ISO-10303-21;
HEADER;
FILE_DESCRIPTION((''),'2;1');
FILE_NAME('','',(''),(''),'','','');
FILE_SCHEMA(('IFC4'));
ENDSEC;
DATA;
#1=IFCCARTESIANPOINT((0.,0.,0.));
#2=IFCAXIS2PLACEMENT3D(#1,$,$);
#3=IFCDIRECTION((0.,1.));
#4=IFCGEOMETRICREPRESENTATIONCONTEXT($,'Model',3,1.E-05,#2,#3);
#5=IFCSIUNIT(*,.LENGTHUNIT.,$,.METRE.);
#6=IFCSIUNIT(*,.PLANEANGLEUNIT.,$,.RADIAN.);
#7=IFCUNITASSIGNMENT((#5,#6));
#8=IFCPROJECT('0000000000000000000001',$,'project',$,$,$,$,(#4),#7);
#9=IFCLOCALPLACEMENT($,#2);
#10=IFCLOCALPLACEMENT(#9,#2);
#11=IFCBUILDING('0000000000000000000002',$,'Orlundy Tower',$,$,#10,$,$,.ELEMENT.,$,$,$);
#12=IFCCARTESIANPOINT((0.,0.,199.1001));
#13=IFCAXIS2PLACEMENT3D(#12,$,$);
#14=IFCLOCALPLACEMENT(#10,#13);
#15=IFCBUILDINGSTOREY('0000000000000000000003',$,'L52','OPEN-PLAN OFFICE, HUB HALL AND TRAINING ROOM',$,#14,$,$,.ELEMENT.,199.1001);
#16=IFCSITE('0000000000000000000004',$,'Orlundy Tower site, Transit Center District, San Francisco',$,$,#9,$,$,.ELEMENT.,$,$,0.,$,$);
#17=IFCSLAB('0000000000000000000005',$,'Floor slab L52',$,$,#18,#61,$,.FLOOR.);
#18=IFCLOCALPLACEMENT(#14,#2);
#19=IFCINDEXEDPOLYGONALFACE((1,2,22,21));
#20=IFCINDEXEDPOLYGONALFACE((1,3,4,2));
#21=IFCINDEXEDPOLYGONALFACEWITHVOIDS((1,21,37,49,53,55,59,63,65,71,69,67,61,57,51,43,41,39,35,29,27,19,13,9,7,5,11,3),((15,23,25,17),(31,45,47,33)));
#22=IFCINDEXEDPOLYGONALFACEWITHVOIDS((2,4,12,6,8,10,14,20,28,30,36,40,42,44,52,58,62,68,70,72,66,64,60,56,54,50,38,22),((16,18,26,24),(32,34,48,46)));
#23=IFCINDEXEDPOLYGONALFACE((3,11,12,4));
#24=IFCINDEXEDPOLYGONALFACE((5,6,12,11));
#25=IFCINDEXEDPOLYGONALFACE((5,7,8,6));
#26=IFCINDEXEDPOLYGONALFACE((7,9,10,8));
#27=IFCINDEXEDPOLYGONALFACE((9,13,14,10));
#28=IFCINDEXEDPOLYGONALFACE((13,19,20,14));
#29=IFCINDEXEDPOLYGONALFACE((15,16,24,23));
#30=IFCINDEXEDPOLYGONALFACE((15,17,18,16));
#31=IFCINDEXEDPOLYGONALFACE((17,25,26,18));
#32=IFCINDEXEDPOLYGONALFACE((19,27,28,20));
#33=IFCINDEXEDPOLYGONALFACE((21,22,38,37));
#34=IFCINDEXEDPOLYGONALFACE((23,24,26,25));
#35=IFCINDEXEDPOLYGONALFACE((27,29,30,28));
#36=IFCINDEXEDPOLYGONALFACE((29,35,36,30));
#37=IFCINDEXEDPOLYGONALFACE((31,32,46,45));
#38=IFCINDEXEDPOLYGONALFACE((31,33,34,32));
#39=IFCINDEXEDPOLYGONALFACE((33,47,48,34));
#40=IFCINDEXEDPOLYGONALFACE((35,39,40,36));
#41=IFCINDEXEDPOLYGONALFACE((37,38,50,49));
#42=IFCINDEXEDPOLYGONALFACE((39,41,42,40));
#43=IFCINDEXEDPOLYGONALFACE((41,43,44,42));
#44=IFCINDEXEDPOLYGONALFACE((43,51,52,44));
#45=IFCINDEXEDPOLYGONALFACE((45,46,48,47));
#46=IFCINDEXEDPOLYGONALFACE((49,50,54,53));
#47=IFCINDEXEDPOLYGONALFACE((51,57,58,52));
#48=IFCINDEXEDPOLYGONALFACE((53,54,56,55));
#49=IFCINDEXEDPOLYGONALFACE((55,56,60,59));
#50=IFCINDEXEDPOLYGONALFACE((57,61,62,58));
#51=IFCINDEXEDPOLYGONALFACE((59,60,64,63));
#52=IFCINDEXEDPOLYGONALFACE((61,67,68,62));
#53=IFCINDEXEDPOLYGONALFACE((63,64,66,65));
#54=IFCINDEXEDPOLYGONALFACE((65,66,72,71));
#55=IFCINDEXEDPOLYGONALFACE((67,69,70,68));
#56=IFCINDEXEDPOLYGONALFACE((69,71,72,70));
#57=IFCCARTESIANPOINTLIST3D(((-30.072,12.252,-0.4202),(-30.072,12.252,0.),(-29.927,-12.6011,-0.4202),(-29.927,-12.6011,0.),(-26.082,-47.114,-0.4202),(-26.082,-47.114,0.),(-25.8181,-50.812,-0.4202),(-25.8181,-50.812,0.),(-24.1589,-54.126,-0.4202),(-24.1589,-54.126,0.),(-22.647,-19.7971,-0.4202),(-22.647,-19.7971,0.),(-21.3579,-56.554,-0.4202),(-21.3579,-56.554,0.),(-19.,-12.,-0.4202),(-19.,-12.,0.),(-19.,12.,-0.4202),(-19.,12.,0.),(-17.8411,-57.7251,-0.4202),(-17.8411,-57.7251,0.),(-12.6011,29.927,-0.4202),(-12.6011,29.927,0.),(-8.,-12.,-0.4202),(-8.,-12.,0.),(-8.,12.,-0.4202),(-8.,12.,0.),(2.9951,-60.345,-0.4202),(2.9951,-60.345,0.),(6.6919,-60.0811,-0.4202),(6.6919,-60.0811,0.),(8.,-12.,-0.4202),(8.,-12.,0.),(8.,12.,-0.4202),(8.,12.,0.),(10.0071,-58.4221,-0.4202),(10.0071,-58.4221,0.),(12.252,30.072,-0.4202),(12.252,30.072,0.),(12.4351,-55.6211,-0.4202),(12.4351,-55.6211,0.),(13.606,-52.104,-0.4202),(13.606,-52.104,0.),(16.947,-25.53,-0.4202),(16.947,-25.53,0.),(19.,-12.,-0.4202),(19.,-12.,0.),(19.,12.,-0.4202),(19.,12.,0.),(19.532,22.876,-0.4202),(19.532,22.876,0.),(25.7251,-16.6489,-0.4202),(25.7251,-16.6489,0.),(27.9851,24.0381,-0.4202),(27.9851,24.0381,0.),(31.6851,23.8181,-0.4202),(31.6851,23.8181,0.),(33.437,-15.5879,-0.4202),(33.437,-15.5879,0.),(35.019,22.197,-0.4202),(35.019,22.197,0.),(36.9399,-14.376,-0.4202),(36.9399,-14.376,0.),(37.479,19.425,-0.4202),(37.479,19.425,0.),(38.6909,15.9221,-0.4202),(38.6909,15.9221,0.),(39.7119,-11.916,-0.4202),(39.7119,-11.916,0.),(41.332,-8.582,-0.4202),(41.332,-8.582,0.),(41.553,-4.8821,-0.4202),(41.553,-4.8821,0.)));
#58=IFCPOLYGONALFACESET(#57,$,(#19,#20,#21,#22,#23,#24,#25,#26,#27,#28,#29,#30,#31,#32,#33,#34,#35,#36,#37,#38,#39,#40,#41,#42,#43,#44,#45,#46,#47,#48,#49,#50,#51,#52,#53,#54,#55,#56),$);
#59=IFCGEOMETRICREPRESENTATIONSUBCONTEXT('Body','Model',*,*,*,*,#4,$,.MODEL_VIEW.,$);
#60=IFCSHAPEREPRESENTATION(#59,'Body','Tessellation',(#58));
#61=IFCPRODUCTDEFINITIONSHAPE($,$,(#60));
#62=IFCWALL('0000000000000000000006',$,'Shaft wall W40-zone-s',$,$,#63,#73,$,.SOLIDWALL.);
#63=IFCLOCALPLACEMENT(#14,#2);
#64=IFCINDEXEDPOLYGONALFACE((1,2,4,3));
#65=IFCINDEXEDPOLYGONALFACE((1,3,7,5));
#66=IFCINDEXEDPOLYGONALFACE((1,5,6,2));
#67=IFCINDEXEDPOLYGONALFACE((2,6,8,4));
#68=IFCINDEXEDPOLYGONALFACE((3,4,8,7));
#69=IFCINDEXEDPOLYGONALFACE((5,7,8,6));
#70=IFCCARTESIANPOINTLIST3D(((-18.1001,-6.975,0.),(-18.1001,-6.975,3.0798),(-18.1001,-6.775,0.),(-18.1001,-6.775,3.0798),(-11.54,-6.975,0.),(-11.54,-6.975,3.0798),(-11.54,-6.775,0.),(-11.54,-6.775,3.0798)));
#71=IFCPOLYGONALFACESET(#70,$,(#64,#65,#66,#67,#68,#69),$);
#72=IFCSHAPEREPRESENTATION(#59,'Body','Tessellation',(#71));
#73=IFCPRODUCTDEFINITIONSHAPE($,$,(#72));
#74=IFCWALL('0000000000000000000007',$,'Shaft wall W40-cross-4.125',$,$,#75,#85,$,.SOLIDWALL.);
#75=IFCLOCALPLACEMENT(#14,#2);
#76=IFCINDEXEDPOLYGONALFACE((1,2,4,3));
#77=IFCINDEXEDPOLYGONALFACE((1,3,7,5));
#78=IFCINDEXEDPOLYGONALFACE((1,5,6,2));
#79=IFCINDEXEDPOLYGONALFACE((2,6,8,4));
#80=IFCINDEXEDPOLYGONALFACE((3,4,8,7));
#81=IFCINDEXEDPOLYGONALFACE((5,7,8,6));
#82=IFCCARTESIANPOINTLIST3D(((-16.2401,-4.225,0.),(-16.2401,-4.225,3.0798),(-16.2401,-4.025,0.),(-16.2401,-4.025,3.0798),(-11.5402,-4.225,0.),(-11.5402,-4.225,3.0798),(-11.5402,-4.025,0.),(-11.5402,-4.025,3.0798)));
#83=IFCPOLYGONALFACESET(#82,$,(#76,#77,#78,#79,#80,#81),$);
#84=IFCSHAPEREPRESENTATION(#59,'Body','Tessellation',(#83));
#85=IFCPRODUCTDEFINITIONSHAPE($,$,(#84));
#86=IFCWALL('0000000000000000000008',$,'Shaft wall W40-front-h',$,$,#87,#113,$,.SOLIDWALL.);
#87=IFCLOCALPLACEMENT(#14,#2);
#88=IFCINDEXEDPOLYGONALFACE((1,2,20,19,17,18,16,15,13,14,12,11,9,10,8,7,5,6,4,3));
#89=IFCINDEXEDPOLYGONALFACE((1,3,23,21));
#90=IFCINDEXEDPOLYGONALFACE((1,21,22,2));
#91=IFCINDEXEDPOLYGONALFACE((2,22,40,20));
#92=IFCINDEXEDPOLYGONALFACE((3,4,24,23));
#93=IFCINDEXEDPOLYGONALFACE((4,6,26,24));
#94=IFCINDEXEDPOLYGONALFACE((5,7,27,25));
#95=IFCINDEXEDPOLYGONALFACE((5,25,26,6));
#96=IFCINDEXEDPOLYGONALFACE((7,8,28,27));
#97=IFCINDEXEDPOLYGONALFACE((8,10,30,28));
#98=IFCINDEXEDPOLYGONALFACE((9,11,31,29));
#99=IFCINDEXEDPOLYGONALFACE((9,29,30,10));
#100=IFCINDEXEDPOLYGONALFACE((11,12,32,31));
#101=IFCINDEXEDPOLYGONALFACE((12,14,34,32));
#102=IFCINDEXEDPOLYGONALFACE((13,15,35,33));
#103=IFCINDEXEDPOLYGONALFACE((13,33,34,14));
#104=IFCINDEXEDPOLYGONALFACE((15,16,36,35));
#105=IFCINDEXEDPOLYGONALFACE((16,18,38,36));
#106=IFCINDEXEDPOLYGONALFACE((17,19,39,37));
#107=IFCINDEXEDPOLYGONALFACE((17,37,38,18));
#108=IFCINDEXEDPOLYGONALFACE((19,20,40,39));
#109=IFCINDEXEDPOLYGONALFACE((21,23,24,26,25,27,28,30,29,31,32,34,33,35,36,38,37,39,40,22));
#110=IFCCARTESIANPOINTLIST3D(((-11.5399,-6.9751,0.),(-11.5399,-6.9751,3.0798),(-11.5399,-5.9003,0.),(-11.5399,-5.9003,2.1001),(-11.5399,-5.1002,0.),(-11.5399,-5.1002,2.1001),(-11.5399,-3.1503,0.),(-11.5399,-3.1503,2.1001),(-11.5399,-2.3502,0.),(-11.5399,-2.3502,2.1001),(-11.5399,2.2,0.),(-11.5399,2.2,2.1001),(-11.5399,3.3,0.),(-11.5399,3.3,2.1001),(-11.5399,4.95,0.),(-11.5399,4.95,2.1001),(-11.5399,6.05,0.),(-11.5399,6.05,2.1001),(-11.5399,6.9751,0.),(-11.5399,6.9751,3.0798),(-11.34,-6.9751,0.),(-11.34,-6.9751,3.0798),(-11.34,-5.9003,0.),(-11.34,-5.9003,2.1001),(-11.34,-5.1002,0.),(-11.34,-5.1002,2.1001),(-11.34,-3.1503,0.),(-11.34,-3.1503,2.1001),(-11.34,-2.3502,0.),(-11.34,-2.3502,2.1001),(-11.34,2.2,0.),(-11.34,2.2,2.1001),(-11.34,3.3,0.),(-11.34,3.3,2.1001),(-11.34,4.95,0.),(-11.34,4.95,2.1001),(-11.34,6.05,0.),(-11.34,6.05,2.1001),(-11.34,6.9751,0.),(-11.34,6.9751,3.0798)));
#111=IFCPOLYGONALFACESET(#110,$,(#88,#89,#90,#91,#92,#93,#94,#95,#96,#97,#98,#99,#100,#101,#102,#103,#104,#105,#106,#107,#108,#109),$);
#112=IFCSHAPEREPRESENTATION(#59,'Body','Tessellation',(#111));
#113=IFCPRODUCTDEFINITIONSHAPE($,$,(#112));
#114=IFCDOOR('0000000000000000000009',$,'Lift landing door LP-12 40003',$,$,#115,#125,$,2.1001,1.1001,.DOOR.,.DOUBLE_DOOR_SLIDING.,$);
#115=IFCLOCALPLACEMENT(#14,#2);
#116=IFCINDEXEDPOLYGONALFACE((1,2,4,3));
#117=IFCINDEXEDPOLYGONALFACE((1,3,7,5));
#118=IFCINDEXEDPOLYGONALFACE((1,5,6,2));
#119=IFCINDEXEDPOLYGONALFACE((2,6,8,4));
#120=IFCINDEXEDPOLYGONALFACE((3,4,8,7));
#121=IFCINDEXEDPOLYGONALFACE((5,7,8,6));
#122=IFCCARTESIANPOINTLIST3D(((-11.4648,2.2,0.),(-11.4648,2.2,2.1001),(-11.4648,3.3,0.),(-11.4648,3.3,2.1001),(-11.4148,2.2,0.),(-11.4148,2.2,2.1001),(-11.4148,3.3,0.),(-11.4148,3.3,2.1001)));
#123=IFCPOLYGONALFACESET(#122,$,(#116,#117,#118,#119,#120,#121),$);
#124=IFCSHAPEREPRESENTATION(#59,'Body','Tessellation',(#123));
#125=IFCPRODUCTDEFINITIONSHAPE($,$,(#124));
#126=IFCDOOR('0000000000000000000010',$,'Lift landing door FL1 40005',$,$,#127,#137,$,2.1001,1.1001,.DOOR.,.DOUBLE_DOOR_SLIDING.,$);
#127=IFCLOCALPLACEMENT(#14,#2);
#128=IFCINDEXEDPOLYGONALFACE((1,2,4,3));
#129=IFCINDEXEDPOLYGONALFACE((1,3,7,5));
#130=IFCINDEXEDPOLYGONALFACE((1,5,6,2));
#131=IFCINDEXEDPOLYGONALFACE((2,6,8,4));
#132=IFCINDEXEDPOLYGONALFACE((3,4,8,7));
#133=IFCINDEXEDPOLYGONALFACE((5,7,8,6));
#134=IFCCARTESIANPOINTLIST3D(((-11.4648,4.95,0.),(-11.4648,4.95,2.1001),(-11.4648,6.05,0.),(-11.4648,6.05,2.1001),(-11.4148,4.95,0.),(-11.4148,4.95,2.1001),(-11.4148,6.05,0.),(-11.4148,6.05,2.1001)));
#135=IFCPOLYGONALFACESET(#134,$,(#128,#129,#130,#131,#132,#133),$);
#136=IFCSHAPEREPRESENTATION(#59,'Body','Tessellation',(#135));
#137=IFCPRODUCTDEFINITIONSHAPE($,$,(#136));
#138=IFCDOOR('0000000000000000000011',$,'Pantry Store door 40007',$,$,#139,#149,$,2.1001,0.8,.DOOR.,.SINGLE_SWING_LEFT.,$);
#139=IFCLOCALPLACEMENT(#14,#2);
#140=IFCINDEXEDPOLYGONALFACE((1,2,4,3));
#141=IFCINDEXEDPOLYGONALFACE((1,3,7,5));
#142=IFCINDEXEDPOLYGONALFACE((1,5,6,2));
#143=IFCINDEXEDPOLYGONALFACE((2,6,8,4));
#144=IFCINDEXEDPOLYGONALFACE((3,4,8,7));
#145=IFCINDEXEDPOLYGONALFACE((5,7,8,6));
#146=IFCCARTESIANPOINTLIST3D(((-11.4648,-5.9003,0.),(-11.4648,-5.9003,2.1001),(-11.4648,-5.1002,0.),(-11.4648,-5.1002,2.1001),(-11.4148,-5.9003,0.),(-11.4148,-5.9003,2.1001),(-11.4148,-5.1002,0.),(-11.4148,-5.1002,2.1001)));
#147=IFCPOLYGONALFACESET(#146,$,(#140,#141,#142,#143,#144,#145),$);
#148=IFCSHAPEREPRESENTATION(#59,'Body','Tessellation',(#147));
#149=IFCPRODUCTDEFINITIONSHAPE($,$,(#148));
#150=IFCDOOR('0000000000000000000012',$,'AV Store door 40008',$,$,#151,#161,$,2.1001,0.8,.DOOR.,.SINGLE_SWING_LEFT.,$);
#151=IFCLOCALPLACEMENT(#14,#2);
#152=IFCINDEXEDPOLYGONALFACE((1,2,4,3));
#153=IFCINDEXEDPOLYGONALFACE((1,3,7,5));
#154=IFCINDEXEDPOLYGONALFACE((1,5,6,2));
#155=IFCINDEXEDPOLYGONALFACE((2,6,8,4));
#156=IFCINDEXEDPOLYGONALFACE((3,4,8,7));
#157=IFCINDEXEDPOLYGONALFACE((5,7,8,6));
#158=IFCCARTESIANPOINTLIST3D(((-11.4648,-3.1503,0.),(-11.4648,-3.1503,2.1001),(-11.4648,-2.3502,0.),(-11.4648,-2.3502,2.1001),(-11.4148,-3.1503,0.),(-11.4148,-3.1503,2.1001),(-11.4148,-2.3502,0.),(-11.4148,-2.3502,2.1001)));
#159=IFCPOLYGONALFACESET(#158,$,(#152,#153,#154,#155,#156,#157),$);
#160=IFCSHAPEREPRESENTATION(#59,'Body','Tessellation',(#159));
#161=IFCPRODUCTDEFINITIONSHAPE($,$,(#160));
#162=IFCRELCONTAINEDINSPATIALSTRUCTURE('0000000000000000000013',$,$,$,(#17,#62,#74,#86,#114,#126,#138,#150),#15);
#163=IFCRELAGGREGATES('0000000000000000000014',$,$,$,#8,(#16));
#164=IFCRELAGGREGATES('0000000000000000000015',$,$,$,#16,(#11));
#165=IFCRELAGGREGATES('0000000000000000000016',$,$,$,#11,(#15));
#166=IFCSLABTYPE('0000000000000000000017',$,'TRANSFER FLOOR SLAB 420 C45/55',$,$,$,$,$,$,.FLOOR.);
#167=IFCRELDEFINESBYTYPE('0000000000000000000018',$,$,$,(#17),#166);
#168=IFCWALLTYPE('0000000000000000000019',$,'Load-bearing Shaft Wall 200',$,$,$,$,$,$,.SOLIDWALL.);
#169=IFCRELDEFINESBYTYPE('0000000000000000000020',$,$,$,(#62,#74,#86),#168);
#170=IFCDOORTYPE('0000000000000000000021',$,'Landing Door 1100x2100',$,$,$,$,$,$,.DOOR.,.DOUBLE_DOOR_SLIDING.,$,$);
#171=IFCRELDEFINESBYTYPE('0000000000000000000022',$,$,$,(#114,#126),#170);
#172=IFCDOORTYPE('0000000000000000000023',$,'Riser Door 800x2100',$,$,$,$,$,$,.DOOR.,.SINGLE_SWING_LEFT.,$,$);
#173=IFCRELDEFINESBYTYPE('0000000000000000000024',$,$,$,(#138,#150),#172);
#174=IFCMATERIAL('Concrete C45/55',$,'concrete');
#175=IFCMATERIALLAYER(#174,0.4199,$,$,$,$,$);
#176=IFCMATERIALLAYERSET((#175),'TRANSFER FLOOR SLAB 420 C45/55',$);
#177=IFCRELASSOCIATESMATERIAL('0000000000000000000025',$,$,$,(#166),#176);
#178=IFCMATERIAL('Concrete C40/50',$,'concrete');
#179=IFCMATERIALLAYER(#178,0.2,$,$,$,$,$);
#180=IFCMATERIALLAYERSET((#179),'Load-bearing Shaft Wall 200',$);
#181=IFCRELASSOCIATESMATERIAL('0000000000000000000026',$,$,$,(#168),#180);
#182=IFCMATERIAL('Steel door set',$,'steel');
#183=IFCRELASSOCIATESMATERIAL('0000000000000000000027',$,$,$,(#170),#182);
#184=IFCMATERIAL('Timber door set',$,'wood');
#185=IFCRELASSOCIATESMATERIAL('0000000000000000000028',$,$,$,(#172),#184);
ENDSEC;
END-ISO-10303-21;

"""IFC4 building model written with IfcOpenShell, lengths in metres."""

from ifc_helpers import new_model, si_unit, direction, frame, frame_2d, origin, place, context, subcontext, project, spatial, polyline, rectangle, outline, extrude, material, layer, layer_set, type_object, element, fill, save


model = new_model("IFC4")

# Units and contexts
model_context = context("Model", 3, precision=1e-05, world=origin(), true_north=direction((0.0, 1.0)))
body_context = subcontext(model_context, "Body", "Model", "MODEL_VIEW")
ifc_project = project(units=[si_unit("LENGTHUNIT", "METRE"), si_unit("PLANEANGLEUNIT", "RADIAN")], contexts=[model_context])

# Site, building, storey
site_placement = place(None, origin())
site = spatial("IfcSite", under=ifc_project, at=site_placement, Name="Orlundy Tower site, Transit Center District, San Francisco", CompositionType="ELEMENT", RefElevation=0.0)
building_placement = place(site_placement, origin())
building = spatial("IfcBuilding", under=site, at=building_placement, Name="Orlundy Tower", CompositionType="ELEMENT")
storey_placement = place(building_placement, frame((0.0, 0.0, 199.1001)))
storey = spatial("IfcBuildingStorey", under=building, at=storey_placement, Name="L52", Description="OPEN-PLAN OFFICE, HUB HALL AND TRAINING ROOM", CompositionType="ELEMENT", Elevation=199.1001)

# Slab
ifc_material_1 = material(Name="Concrete C45/55", Category="concrete")
ifc_layer_1 = layer(ifc_material_1, 0.4199)
ifc_layer_set_1 = layer_set([ifc_layer_1], Name="TRANSFER FLOOR SLAB 420 C45/55")
slab_type_1 = type_object("IfcSlabType", Name="TRANSFER FLOOR SLAB 420 C45/55", PredefinedType="FLOOR", material=ifc_layer_set_1)
slab_1_placement = place(storey_placement, frame((0.0, 0.0, -0.4202)))
element("IfcSlab", 1, at=slab_1_placement, inside=storey, type_object=slab_type_1, Name="Floor slab L52", PredefinedType="FLOOR", context=body_context, shape_type="SweptSolid", body=[
    extrude(outline(polyline([(-22.647, -19.7971), (-29.927, -12.6011), (-30.072, 12.252), (-12.6011, 29.927), (12.252, 30.072), (19.532, 22.876), (27.9851, 24.0381), (31.6851, 23.8181), (35.019, 22.197), (37.479, 19.425), (38.6909, 15.9221), (41.553, -4.8821), (41.332, -8.582), (39.7119, -11.916), (36.9399, -14.376), (33.437, -15.5879), (25.7251, -16.6489), (16.947, -25.53), (13.606, -52.104), (12.4351, -55.6211), (10.0071, -58.4221), (6.6919, -60.0811), (2.9951, -60.345), (-17.8411, -57.7251), (-21.3579, -56.554), (-24.1589, -54.126), (-25.8181, -50.812), (-26.082, -47.114), (-22.647, -19.7971)]), holes=[polyline([(-8.0, -12.0), (-8.0, 12.0), (-19.0, 12.0), (-19.0, -12.0), (-8.0, -12.0)]), polyline([(19.0, -12.0), (19.0, 12.0), (8.0, 12.0), (8.0, -12.0), (19.0, -12.0)])]), origin(), (0.0, 0.0, 1.0), 0.4202),
])

# Walls
ifc_material_2 = material(Name="Concrete C40/50", Category="concrete")
ifc_layer_2 = layer(ifc_material_2, 0.2)
ifc_layer_set_2 = layer_set([ifc_layer_2], Name="Load-bearing Shaft Wall 200")
wall_type_1 = type_object("IfcWallType", Name="Load-bearing Shaft Wall 200", PredefinedType="SOLIDWALL", material=ifc_layer_set_2)
wall_1_placement = place(storey_placement, frame((-11.54, -6.875, 0.0), z_axis=(0.0, 0.0, 1.0), x_axis=(-1.0, 0.0, 0.0)))
element("IfcWall", 2, at=wall_1_placement, inside=storey, type_object=wall_type_1, Name="Shaft wall W40-zone-s", PredefinedType="SOLIDWALL", context=body_context, shape_type="SweptSolid", body=[
    extrude(rectangle(XDim=6.5601, YDim=0.2, at=frame_2d((3.28, 0.0))), origin(), (0.0, 0.0, 1.0), 3.0798),
])
wall_2_placement = place(storey_placement, frame((-11.54, -4.125, 0.0), z_axis=(0.0, 0.0, 1.0), x_axis=(-1.0, 0.0, 0.0)))
element("IfcWall", 3, at=wall_2_placement, inside=storey, type_object=wall_type_1, Name="Shaft wall W40-cross-4.125", PredefinedType="SOLIDWALL", context=body_context, shape_type="SweptSolid", body=[
    extrude(rectangle(XDim=4.7, YDim=0.2, at=frame_2d((2.3501, 0.0))), origin(), (0.0, 0.0, 1.0), 3.0798),
])

# Wall, openings, doors
wall_3_placement = place(storey_placement, frame((-11.4399, -6.9751, 0.0), z_axis=(0.0, 0.0, 1.0), x_axis=(0.0, 1.0, 0.0)))
wall_3 = element("IfcWall", 4, at=wall_3_placement, inside=storey, type_object=wall_type_1, Name="Shaft wall W40-front-h", PredefinedType="SOLIDWALL", context=body_context, shape_type="SweptSolid", body=[
    extrude(rectangle(XDim=13.9502, YDim=0.2, at=frame_2d((6.9751, 0.0))), origin(), (0.0, 0.0, 1.0), 3.0798),
])
opening_1_placement = place(wall_3_placement, frame((9.175, 0.0, 0.0)))
opening_1 = element("IfcOpeningElement", 5, at=opening_1_placement, cuts=wall_3, PredefinedType="OPENING", context=body_context, shape_type="SweptSolid", body=[
    extrude(rectangle(XDim=1.1001, YDim=2.1001, at=frame_2d((0.55, 1.05))), frame((0.0, 0.1101, 0.0), z_axis=(0.0, -1.0, 0.0), x_axis=(1.0, 0.0, 0.0)), (0.0, 0.0, 1.0), 0.2202),
])
opening_2_placement = place(wall_3_placement, frame((11.925, 0.0, 0.0)))
opening_2 = element("IfcOpeningElement", 6, at=opening_2_placement, cuts=wall_3, PredefinedType="OPENING", context=body_context, shape_type="SweptSolid", body=[
    extrude(rectangle(XDim=1.1001, YDim=2.1001, at=frame_2d((0.55, 1.05))), frame((0.0, 0.1101, 0.0), z_axis=(0.0, -1.0, 0.0), x_axis=(1.0, 0.0, 0.0)), (0.0, 0.0, 1.0), 0.2202),
])
opening_3_placement = place(wall_3_placement, frame((1.075, 0.0, 0.0)))
opening_3 = element("IfcOpeningElement", 7, at=opening_3_placement, cuts=wall_3, PredefinedType="OPENING", context=body_context, shape_type="SweptSolid", body=[
    extrude(rectangle(XDim=0.8, YDim=2.1001, at=frame_2d((0.3999, 1.05))), frame((0.0, 0.1101, 0.0), z_axis=(0.0, -1.0, 0.0), x_axis=(1.0, 0.0, 0.0)), (0.0, 0.0, 1.0), 0.2202),
])
opening_4_placement = place(wall_3_placement, frame((3.825, 0.0, 0.0)))
opening_4 = element("IfcOpeningElement", 8, at=opening_4_placement, cuts=wall_3, PredefinedType="OPENING", context=body_context, shape_type="SweptSolid", body=[
    extrude(rectangle(XDim=0.8, YDim=2.1001, at=frame_2d((0.3999, 1.05))), frame((0.0, 0.1101, 0.0), z_axis=(0.0, -1.0, 0.0), x_axis=(1.0, 0.0, 0.0)), (0.0, 0.0, 1.0), 0.2202),
])
ifc_material_3 = material(Name="Steel door set", Category="steel")
door_type_1 = type_object("IfcDoorType", Name="Landing Door 1100x2100", OperationType="DOUBLE_DOOR_SLIDING", PredefinedType="DOOR", material=ifc_material_3)
door_1_placement = place(opening_1_placement, origin())
door_1 = element("IfcDoor", 9, at=door_1_placement, inside=storey, type_object=door_type_1, Name="Lift landing door LP-12 40003", OperationType="DOUBLE_DOOR_SLIDING", OverallHeight=2.1001, OverallWidth=1.1001, PredefinedType="DOOR", context=body_context, shape_type="SweptSolid", body=[
    extrude(rectangle(XDim=1.1001, YDim=2.1001, at=frame_2d((0.55, 1.05))), frame((0.0, 0.0249, 0.0), z_axis=(0.0, -1.0, 0.0), x_axis=(1.0, 0.0, 0.0)), (0.0, 0.0, 1.0), 0.05),
])
fill(opening_1, door_1)
door_2_placement = place(opening_2_placement, origin())
door_2 = element("IfcDoor", 10, at=door_2_placement, inside=storey, type_object=door_type_1, Name="Lift landing door FL1 40005", OperationType="DOUBLE_DOOR_SLIDING", OverallHeight=2.1001, OverallWidth=1.1001, PredefinedType="DOOR", context=body_context, shape_type="SweptSolid", body=[
    extrude(rectangle(XDim=1.1001, YDim=2.1001, at=frame_2d((0.55, 1.05))), frame((0.0, 0.0249, 0.0), z_axis=(0.0, -1.0, 0.0), x_axis=(1.0, 0.0, 0.0)), (0.0, 0.0, 1.0), 0.05),
])
fill(opening_2, door_2)
ifc_material_4 = material(Name="Timber door set", Category="wood")
door_type_2 = type_object("IfcDoorType", Name="Riser Door 800x2100", OperationType="SINGLE_SWING_LEFT", PredefinedType="DOOR", material=ifc_material_4)
door_3_placement = place(opening_3_placement, origin())
door_3 = element("IfcDoor", 11, at=door_3_placement, inside=storey, type_object=door_type_2, Name="Pantry Store door 40007", OperationType="SINGLE_SWING_LEFT", OverallHeight=2.1001, OverallWidth=0.8, PredefinedType="DOOR", context=body_context, shape_type="SweptSolid", body=[
    extrude(rectangle(XDim=0.8, YDim=2.1001, at=frame_2d((0.3999, 1.05))), frame((0.0, 0.0249, 0.0), z_axis=(0.0, -1.0, 0.0), x_axis=(1.0, 0.0, 0.0)), (0.0, 0.0, 1.0), 0.05),
])
fill(opening_3, door_3)
door_4_placement = place(opening_4_placement, origin())
door_4 = element("IfcDoor", 12, at=door_4_placement, inside=storey, type_object=door_type_2, Name="AV Store door 40008", OperationType="SINGLE_SWING_LEFT", OverallHeight=2.1001, OverallWidth=0.8, PredefinedType="DOOR", context=body_context, shape_type="SweptSolid", body=[
    extrude(rectangle(XDim=0.8, YDim=2.1001, at=frame_2d((0.3999, 1.05))), frame((0.0, 0.0249, 0.0), z_axis=(0.0, -1.0, 0.0), x_axis=(1.0, 0.0, 0.0)), (0.0, 0.0, 1.0), 0.05),
])
fill(opening_4, door_4)

save(model, "model.ifc")
